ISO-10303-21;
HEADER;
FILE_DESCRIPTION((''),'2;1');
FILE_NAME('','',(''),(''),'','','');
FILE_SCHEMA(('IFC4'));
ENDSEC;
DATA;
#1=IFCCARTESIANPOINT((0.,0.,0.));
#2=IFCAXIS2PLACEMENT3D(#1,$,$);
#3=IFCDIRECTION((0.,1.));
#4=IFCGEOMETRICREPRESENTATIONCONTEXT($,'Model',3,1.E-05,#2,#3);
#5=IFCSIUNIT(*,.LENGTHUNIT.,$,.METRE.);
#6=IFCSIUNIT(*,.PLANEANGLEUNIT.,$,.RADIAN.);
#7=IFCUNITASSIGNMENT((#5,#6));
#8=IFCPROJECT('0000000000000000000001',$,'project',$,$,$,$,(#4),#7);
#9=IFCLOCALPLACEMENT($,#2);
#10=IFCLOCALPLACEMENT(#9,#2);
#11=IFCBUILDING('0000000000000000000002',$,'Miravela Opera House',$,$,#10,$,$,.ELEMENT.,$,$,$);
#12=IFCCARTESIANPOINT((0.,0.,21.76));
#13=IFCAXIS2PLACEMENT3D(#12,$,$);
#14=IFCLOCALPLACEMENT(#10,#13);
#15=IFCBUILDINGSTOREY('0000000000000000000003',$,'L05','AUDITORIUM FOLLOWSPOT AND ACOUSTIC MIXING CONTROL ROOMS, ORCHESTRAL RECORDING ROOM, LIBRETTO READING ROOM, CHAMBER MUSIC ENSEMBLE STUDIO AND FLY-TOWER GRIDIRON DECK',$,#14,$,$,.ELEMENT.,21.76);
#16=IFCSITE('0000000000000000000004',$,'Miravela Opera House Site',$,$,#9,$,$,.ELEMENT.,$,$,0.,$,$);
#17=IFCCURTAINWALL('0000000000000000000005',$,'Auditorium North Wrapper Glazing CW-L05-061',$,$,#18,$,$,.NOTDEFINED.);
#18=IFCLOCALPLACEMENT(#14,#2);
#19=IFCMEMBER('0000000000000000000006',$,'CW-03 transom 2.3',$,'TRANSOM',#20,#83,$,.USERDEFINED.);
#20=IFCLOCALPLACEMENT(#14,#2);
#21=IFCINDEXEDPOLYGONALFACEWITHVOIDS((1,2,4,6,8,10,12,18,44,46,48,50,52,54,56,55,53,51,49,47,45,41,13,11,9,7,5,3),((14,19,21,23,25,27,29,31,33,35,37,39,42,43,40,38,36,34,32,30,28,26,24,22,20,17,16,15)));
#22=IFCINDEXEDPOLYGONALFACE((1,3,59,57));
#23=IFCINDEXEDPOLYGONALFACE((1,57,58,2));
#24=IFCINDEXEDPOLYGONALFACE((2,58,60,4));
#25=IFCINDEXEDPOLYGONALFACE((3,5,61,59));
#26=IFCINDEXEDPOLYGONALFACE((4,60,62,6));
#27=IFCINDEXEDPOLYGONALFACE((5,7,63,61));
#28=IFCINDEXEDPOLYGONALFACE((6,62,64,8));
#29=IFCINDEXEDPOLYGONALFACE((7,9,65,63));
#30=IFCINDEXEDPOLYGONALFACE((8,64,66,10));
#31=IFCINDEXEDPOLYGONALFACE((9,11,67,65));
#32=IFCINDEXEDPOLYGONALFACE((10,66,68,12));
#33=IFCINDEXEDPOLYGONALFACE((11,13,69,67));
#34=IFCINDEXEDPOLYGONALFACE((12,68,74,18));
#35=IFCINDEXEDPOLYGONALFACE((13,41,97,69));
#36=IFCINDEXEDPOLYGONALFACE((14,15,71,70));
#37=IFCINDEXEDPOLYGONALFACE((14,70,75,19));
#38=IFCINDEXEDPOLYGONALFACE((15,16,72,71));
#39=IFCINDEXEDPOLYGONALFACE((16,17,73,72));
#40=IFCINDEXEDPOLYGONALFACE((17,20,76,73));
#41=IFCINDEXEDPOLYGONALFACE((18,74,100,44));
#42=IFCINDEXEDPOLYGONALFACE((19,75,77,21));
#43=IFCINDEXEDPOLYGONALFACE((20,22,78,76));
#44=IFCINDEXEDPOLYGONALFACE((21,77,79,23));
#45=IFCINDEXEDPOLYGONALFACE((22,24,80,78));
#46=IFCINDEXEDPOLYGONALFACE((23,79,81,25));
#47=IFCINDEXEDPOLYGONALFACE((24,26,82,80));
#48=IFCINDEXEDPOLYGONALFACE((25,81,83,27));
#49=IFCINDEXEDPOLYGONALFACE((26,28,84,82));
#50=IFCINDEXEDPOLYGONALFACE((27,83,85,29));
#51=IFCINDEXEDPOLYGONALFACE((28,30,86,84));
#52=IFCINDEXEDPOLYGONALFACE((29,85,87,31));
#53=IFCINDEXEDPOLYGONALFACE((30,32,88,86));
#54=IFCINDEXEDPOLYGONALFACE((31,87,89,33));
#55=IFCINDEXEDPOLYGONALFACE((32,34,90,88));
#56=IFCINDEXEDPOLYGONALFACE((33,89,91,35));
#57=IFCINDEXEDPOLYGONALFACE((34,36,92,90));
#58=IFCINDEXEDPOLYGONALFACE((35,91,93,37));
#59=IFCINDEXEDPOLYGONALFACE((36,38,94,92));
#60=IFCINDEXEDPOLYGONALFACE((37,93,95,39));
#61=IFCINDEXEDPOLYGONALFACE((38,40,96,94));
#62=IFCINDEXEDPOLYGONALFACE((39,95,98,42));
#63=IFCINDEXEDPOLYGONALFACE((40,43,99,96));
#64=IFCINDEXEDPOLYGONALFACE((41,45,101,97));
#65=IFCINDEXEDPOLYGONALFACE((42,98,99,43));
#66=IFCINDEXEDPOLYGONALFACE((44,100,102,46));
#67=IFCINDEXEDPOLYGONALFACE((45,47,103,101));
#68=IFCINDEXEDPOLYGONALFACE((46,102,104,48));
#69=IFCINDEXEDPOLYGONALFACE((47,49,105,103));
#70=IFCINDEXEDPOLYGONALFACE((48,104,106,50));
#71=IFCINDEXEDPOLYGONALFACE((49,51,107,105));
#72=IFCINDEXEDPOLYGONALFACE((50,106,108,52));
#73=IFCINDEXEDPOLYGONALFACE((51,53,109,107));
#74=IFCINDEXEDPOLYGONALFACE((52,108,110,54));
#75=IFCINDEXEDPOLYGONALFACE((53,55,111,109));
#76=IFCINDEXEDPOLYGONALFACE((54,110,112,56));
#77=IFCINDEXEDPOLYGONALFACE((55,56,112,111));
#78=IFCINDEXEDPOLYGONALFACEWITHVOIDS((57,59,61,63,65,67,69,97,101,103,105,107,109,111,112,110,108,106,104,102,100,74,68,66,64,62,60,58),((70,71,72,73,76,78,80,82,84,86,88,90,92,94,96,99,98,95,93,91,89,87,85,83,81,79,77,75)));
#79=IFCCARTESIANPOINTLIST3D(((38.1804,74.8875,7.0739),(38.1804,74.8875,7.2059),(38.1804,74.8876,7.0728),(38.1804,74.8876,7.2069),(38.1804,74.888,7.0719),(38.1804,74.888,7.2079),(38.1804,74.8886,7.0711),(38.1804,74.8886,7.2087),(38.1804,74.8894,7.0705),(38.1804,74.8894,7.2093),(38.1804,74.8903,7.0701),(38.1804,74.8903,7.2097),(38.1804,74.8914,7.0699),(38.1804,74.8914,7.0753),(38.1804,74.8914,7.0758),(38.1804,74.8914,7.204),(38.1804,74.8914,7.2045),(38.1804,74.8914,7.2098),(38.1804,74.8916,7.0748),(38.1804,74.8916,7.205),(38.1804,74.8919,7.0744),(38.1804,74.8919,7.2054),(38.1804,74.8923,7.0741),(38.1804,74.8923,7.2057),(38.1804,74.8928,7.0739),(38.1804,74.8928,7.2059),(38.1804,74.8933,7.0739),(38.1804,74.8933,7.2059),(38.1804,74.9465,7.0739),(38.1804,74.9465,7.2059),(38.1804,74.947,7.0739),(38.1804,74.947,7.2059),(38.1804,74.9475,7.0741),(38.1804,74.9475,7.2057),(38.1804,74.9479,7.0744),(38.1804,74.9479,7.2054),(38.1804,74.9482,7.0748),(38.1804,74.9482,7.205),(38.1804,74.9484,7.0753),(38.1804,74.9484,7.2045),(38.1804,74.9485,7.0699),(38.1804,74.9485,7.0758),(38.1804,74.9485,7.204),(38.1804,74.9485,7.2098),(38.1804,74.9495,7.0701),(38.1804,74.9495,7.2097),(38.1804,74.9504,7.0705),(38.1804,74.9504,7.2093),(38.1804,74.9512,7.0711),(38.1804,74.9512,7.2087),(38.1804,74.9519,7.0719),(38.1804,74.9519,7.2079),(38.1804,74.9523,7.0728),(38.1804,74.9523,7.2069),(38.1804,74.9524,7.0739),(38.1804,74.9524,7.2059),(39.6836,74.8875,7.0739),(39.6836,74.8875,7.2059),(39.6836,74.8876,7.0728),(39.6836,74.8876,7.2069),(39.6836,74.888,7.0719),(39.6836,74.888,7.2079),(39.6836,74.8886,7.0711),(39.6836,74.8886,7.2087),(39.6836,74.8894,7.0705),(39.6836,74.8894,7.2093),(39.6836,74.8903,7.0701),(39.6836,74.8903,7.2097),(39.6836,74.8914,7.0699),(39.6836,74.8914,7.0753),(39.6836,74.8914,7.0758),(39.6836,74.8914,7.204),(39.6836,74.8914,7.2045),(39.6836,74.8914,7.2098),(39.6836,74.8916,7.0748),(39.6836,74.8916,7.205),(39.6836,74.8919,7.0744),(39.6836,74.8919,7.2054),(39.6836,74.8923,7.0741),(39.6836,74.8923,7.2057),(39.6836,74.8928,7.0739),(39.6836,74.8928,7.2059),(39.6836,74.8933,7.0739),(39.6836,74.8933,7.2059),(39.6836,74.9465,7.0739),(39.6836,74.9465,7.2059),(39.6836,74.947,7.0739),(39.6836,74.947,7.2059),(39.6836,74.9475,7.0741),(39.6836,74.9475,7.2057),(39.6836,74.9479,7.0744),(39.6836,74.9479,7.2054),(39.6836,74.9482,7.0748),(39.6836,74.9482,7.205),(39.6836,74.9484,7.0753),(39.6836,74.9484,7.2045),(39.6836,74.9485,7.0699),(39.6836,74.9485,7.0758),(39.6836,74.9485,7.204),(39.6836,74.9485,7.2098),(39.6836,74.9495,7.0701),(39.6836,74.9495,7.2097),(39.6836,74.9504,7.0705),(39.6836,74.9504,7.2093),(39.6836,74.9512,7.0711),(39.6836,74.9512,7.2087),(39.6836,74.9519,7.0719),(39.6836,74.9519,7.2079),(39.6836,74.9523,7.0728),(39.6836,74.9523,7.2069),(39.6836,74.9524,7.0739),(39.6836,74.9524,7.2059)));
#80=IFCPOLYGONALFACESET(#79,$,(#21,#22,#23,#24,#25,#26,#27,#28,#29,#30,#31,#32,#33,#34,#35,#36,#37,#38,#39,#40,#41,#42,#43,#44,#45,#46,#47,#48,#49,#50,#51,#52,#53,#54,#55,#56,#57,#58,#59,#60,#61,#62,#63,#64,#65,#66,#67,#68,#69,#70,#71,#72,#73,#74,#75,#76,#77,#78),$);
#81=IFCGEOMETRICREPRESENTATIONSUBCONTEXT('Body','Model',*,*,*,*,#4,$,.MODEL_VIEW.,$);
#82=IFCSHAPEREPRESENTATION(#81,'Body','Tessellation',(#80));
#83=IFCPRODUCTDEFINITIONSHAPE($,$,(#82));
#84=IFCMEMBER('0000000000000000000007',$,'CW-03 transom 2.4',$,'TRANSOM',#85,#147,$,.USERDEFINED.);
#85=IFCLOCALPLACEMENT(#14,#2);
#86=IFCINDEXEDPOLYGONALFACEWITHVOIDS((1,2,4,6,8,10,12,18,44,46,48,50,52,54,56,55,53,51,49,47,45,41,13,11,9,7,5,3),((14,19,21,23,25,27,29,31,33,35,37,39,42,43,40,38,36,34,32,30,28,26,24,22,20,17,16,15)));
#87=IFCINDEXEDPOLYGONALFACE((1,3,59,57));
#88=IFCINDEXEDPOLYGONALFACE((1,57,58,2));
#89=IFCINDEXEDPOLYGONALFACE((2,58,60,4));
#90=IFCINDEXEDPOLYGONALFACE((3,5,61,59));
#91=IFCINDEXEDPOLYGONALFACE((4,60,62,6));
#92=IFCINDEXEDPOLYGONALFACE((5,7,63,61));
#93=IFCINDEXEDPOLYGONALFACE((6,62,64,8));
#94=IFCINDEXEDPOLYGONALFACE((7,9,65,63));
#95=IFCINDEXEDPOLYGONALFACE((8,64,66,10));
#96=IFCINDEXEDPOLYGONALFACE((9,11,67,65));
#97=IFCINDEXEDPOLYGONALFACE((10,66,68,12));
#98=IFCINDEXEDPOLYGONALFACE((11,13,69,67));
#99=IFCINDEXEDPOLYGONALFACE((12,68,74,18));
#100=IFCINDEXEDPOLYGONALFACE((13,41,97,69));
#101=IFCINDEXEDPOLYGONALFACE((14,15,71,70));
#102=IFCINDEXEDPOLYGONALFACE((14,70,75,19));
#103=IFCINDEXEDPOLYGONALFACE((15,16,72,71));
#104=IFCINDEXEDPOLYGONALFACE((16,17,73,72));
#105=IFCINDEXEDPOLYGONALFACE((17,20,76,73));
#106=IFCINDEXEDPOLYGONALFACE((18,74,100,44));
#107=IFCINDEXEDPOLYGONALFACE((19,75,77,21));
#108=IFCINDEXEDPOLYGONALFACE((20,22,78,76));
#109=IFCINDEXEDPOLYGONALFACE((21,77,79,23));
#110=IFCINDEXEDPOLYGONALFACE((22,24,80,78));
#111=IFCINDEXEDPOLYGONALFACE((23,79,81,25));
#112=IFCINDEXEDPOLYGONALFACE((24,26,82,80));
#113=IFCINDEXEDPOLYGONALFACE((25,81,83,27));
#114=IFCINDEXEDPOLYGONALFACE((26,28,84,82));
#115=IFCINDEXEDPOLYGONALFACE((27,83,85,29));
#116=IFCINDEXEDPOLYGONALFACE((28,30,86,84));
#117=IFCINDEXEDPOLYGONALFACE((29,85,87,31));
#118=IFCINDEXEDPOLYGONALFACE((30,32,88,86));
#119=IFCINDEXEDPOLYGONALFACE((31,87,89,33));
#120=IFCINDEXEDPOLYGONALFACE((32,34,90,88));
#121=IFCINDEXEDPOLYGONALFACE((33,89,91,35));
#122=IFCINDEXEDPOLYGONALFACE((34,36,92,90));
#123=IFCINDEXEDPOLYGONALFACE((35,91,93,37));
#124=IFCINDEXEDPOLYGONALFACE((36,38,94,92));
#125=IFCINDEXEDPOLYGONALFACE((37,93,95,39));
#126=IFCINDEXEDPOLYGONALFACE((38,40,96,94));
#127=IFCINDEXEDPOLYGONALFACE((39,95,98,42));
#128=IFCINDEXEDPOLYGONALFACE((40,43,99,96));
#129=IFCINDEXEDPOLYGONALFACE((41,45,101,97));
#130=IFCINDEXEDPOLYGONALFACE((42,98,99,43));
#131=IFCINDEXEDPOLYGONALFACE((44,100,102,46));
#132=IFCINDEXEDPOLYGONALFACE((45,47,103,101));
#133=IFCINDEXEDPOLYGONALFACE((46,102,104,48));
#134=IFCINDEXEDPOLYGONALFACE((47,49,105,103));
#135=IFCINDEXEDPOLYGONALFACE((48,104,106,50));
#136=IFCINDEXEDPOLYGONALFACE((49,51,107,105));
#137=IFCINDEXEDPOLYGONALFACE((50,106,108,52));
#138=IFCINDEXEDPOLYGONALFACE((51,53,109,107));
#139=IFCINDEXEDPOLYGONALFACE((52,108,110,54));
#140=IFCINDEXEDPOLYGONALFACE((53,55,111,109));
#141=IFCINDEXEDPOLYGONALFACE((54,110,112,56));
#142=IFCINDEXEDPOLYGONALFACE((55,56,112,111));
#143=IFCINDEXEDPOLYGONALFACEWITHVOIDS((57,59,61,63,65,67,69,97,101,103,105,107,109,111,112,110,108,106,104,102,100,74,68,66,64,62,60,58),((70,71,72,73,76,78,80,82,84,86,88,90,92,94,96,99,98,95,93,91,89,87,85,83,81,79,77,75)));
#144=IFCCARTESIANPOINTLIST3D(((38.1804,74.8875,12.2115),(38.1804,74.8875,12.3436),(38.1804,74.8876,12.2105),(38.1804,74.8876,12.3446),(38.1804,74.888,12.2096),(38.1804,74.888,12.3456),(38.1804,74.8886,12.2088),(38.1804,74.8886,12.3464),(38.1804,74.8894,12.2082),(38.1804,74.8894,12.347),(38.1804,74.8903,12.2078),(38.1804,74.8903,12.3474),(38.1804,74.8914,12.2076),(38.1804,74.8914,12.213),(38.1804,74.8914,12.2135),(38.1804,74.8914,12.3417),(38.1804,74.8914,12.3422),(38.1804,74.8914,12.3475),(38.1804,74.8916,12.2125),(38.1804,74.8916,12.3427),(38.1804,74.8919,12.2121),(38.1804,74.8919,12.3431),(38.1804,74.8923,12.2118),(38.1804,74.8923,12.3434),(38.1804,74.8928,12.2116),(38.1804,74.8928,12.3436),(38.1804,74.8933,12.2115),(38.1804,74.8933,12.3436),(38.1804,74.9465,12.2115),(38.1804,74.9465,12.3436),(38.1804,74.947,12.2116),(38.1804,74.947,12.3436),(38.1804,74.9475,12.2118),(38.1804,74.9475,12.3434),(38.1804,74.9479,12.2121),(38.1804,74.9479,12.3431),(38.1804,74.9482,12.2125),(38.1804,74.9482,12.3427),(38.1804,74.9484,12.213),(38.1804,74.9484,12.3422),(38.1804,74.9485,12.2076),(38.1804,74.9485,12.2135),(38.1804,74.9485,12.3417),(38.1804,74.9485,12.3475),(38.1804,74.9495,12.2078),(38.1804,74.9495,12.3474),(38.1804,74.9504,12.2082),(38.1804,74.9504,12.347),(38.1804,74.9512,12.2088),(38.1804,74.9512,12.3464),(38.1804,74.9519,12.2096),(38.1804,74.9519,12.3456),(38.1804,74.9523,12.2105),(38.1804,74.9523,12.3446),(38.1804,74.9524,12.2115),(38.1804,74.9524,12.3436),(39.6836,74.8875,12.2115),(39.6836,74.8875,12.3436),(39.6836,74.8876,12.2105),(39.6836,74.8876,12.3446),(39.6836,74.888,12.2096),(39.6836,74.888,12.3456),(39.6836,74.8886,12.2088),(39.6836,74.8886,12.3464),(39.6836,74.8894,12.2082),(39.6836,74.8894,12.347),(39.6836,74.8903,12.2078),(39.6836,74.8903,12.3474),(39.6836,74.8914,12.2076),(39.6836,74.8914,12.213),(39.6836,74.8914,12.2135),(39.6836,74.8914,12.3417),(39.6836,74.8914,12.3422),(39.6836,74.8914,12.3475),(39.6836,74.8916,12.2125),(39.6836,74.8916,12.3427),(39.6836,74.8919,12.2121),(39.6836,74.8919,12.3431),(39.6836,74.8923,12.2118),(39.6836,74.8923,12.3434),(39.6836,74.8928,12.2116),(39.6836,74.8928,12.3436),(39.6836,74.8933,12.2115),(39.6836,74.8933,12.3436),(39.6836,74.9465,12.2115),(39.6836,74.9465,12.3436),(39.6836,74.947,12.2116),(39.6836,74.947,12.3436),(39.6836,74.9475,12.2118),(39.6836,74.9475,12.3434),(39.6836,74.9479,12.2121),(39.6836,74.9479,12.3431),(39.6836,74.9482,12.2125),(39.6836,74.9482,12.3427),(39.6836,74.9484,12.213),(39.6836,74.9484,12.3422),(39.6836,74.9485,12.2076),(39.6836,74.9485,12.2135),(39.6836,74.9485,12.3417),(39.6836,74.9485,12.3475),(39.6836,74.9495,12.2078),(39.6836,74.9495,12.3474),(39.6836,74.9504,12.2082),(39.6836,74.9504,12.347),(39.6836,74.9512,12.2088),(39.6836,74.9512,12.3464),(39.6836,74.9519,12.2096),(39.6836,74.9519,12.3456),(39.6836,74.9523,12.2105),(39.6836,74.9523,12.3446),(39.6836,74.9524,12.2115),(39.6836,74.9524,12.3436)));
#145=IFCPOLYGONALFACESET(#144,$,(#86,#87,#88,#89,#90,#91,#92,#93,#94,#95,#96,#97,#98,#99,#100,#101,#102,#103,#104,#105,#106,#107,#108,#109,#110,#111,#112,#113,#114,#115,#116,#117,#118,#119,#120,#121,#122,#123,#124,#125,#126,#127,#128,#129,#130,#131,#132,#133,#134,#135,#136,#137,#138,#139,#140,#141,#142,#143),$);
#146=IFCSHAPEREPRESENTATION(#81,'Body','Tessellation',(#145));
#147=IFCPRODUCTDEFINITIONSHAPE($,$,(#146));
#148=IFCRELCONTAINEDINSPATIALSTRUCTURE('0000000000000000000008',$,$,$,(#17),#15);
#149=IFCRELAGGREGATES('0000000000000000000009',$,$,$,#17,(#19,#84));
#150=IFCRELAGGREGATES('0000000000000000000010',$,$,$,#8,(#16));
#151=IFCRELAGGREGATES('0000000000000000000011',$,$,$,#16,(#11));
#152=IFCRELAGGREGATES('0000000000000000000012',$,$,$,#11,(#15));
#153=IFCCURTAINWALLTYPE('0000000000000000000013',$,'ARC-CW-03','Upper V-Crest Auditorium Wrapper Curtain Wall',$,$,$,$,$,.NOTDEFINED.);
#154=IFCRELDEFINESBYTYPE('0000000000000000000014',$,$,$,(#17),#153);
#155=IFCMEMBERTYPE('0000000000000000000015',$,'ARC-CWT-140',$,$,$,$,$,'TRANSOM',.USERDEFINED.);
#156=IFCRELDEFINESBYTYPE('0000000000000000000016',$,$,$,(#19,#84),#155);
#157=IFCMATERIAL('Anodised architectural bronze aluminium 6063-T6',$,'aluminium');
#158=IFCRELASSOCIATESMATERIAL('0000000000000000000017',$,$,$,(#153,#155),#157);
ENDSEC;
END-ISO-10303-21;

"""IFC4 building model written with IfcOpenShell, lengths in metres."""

from ifc_helpers import new_model, si_unit, direction, frame, origin, origin_2d, place, context, subcontext, project, spatial, hollow_rectangle, extrude, material, material_profile, profile_set, type_object, element, aggregate, save


model = new_model("IFC4")

# Units and contexts
model_context = context("Model", 3, precision=1e-05, world=origin(), true_north=direction((0.0, 1.0)))
body_context = subcontext(model_context, "Body", "Model", "MODEL_VIEW")
ifc_project = project(units=[si_unit("LENGTHUNIT", "METRE"), si_unit("PLANEANGLEUNIT", "RADIAN")], contexts=[model_context])

# Site, building, storey
site_placement = place(None, origin())
site = spatial("IfcSite", under=ifc_project, at=site_placement, Name="Miravela Opera House Site", CompositionType="ELEMENT", RefElevation=0.0)
building_placement = place(site_placement, origin())
building = spatial("IfcBuilding", under=site, at=building_placement, Name="Miravela Opera House", CompositionType="ELEMENT")
storey_placement = place(building_placement, frame((0.0, 0.0, 21.76)))
storey = spatial("IfcBuildingStorey", under=building, at=storey_placement, Name="L05", Description="AUDITORIUM FOLLOWSPOT AND ACOUSTIC MIXING CONTROL ROOMS, ORCHESTRAL RECORDING ROOM, LIBRETTO READING ROOM, CHAMBER MUSIC ENSEMBLE STUDIO AND FLY-TOWER GRIDIRON DECK", CompositionType="ELEMENT", Elevation=21.76)

# Curtain wall, members
ifc_material_1 = material(Name="Anodised architectural bronze aluminium 6063-T6", Category="aluminium")
curtain_wall_type = type_object("IfcCurtainWallType", Name="ARC-CW-03", Description="Upper V-Crest Auditorium Wrapper Curtain Wall", PredefinedType="NOTDEFINED", material=ifc_material_1)
curtain_wall_placement = place(storey_placement, origin())
curtain_wall = element("IfcCurtainWall", 1, at=curtain_wall_placement, inside=storey, type_object=curtain_wall_type, Name="Auditorium North Wrapper Glazing CW-L05-061", PredefinedType="NOTDEFINED")
ifc_material_profile = material_profile(ifc_material_1, hollow_rectangle(XDim=0.0649, YDim=0.1399, WallThickness=0.0039, InnerFilletRadius=0.002, OuterFilletRadius=0.0039, at=origin_2d()), Name="CWT-65X140")
ifc_profile_set = profile_set([ifc_material_profile])
member_type = type_object("IfcMemberType", Name="ARC-CWT-140", ElementType="TRANSOM", PredefinedType="USERDEFINED", material=ifc_profile_set)
member_1_placement = place(storey_placement, frame((38.1804, 74.9199, 7.1399), z_axis=(1.0, 0.0, 0.0), x_axis=(0.0, 1.0, 0.0)))
member_1 = element("IfcMember", 2, at=member_1_placement, type_object=member_type, Name="CW-03 transom 2.3", ObjectType="TRANSOM", PredefinedType="USERDEFINED", context=body_context, shape_type="SweptSolid", body=[
    extrude(hollow_rectangle(XDim=0.0649, YDim=0.1399, WallThickness=0.0039, InnerFilletRadius=0.002, OuterFilletRadius=0.0039, at=origin_2d()), origin(), (0.0, 0.0, 1.0), 1.5032),
])
member_2_placement = place(storey_placement, frame((38.1804, 74.9199, 12.2776), z_axis=(1.0, 0.0, 0.0), x_axis=(0.0, 1.0, 0.0)))
member_2 = element("IfcMember", 3, at=member_2_placement, type_object=member_type, Name="CW-03 transom 2.4", ObjectType="TRANSOM", PredefinedType="USERDEFINED", context=body_context, shape_type="SweptSolid", body=[
    extrude(hollow_rectangle(XDim=0.0649, YDim=0.1399, WallThickness=0.0039, InnerFilletRadius=0.002, OuterFilletRadius=0.0039, at=origin_2d()), origin(), (0.0, 0.0, 1.0), 1.5032),
])
aggregate(curtain_wall, [member_1, member_2])

save(model, "model.ifc")
